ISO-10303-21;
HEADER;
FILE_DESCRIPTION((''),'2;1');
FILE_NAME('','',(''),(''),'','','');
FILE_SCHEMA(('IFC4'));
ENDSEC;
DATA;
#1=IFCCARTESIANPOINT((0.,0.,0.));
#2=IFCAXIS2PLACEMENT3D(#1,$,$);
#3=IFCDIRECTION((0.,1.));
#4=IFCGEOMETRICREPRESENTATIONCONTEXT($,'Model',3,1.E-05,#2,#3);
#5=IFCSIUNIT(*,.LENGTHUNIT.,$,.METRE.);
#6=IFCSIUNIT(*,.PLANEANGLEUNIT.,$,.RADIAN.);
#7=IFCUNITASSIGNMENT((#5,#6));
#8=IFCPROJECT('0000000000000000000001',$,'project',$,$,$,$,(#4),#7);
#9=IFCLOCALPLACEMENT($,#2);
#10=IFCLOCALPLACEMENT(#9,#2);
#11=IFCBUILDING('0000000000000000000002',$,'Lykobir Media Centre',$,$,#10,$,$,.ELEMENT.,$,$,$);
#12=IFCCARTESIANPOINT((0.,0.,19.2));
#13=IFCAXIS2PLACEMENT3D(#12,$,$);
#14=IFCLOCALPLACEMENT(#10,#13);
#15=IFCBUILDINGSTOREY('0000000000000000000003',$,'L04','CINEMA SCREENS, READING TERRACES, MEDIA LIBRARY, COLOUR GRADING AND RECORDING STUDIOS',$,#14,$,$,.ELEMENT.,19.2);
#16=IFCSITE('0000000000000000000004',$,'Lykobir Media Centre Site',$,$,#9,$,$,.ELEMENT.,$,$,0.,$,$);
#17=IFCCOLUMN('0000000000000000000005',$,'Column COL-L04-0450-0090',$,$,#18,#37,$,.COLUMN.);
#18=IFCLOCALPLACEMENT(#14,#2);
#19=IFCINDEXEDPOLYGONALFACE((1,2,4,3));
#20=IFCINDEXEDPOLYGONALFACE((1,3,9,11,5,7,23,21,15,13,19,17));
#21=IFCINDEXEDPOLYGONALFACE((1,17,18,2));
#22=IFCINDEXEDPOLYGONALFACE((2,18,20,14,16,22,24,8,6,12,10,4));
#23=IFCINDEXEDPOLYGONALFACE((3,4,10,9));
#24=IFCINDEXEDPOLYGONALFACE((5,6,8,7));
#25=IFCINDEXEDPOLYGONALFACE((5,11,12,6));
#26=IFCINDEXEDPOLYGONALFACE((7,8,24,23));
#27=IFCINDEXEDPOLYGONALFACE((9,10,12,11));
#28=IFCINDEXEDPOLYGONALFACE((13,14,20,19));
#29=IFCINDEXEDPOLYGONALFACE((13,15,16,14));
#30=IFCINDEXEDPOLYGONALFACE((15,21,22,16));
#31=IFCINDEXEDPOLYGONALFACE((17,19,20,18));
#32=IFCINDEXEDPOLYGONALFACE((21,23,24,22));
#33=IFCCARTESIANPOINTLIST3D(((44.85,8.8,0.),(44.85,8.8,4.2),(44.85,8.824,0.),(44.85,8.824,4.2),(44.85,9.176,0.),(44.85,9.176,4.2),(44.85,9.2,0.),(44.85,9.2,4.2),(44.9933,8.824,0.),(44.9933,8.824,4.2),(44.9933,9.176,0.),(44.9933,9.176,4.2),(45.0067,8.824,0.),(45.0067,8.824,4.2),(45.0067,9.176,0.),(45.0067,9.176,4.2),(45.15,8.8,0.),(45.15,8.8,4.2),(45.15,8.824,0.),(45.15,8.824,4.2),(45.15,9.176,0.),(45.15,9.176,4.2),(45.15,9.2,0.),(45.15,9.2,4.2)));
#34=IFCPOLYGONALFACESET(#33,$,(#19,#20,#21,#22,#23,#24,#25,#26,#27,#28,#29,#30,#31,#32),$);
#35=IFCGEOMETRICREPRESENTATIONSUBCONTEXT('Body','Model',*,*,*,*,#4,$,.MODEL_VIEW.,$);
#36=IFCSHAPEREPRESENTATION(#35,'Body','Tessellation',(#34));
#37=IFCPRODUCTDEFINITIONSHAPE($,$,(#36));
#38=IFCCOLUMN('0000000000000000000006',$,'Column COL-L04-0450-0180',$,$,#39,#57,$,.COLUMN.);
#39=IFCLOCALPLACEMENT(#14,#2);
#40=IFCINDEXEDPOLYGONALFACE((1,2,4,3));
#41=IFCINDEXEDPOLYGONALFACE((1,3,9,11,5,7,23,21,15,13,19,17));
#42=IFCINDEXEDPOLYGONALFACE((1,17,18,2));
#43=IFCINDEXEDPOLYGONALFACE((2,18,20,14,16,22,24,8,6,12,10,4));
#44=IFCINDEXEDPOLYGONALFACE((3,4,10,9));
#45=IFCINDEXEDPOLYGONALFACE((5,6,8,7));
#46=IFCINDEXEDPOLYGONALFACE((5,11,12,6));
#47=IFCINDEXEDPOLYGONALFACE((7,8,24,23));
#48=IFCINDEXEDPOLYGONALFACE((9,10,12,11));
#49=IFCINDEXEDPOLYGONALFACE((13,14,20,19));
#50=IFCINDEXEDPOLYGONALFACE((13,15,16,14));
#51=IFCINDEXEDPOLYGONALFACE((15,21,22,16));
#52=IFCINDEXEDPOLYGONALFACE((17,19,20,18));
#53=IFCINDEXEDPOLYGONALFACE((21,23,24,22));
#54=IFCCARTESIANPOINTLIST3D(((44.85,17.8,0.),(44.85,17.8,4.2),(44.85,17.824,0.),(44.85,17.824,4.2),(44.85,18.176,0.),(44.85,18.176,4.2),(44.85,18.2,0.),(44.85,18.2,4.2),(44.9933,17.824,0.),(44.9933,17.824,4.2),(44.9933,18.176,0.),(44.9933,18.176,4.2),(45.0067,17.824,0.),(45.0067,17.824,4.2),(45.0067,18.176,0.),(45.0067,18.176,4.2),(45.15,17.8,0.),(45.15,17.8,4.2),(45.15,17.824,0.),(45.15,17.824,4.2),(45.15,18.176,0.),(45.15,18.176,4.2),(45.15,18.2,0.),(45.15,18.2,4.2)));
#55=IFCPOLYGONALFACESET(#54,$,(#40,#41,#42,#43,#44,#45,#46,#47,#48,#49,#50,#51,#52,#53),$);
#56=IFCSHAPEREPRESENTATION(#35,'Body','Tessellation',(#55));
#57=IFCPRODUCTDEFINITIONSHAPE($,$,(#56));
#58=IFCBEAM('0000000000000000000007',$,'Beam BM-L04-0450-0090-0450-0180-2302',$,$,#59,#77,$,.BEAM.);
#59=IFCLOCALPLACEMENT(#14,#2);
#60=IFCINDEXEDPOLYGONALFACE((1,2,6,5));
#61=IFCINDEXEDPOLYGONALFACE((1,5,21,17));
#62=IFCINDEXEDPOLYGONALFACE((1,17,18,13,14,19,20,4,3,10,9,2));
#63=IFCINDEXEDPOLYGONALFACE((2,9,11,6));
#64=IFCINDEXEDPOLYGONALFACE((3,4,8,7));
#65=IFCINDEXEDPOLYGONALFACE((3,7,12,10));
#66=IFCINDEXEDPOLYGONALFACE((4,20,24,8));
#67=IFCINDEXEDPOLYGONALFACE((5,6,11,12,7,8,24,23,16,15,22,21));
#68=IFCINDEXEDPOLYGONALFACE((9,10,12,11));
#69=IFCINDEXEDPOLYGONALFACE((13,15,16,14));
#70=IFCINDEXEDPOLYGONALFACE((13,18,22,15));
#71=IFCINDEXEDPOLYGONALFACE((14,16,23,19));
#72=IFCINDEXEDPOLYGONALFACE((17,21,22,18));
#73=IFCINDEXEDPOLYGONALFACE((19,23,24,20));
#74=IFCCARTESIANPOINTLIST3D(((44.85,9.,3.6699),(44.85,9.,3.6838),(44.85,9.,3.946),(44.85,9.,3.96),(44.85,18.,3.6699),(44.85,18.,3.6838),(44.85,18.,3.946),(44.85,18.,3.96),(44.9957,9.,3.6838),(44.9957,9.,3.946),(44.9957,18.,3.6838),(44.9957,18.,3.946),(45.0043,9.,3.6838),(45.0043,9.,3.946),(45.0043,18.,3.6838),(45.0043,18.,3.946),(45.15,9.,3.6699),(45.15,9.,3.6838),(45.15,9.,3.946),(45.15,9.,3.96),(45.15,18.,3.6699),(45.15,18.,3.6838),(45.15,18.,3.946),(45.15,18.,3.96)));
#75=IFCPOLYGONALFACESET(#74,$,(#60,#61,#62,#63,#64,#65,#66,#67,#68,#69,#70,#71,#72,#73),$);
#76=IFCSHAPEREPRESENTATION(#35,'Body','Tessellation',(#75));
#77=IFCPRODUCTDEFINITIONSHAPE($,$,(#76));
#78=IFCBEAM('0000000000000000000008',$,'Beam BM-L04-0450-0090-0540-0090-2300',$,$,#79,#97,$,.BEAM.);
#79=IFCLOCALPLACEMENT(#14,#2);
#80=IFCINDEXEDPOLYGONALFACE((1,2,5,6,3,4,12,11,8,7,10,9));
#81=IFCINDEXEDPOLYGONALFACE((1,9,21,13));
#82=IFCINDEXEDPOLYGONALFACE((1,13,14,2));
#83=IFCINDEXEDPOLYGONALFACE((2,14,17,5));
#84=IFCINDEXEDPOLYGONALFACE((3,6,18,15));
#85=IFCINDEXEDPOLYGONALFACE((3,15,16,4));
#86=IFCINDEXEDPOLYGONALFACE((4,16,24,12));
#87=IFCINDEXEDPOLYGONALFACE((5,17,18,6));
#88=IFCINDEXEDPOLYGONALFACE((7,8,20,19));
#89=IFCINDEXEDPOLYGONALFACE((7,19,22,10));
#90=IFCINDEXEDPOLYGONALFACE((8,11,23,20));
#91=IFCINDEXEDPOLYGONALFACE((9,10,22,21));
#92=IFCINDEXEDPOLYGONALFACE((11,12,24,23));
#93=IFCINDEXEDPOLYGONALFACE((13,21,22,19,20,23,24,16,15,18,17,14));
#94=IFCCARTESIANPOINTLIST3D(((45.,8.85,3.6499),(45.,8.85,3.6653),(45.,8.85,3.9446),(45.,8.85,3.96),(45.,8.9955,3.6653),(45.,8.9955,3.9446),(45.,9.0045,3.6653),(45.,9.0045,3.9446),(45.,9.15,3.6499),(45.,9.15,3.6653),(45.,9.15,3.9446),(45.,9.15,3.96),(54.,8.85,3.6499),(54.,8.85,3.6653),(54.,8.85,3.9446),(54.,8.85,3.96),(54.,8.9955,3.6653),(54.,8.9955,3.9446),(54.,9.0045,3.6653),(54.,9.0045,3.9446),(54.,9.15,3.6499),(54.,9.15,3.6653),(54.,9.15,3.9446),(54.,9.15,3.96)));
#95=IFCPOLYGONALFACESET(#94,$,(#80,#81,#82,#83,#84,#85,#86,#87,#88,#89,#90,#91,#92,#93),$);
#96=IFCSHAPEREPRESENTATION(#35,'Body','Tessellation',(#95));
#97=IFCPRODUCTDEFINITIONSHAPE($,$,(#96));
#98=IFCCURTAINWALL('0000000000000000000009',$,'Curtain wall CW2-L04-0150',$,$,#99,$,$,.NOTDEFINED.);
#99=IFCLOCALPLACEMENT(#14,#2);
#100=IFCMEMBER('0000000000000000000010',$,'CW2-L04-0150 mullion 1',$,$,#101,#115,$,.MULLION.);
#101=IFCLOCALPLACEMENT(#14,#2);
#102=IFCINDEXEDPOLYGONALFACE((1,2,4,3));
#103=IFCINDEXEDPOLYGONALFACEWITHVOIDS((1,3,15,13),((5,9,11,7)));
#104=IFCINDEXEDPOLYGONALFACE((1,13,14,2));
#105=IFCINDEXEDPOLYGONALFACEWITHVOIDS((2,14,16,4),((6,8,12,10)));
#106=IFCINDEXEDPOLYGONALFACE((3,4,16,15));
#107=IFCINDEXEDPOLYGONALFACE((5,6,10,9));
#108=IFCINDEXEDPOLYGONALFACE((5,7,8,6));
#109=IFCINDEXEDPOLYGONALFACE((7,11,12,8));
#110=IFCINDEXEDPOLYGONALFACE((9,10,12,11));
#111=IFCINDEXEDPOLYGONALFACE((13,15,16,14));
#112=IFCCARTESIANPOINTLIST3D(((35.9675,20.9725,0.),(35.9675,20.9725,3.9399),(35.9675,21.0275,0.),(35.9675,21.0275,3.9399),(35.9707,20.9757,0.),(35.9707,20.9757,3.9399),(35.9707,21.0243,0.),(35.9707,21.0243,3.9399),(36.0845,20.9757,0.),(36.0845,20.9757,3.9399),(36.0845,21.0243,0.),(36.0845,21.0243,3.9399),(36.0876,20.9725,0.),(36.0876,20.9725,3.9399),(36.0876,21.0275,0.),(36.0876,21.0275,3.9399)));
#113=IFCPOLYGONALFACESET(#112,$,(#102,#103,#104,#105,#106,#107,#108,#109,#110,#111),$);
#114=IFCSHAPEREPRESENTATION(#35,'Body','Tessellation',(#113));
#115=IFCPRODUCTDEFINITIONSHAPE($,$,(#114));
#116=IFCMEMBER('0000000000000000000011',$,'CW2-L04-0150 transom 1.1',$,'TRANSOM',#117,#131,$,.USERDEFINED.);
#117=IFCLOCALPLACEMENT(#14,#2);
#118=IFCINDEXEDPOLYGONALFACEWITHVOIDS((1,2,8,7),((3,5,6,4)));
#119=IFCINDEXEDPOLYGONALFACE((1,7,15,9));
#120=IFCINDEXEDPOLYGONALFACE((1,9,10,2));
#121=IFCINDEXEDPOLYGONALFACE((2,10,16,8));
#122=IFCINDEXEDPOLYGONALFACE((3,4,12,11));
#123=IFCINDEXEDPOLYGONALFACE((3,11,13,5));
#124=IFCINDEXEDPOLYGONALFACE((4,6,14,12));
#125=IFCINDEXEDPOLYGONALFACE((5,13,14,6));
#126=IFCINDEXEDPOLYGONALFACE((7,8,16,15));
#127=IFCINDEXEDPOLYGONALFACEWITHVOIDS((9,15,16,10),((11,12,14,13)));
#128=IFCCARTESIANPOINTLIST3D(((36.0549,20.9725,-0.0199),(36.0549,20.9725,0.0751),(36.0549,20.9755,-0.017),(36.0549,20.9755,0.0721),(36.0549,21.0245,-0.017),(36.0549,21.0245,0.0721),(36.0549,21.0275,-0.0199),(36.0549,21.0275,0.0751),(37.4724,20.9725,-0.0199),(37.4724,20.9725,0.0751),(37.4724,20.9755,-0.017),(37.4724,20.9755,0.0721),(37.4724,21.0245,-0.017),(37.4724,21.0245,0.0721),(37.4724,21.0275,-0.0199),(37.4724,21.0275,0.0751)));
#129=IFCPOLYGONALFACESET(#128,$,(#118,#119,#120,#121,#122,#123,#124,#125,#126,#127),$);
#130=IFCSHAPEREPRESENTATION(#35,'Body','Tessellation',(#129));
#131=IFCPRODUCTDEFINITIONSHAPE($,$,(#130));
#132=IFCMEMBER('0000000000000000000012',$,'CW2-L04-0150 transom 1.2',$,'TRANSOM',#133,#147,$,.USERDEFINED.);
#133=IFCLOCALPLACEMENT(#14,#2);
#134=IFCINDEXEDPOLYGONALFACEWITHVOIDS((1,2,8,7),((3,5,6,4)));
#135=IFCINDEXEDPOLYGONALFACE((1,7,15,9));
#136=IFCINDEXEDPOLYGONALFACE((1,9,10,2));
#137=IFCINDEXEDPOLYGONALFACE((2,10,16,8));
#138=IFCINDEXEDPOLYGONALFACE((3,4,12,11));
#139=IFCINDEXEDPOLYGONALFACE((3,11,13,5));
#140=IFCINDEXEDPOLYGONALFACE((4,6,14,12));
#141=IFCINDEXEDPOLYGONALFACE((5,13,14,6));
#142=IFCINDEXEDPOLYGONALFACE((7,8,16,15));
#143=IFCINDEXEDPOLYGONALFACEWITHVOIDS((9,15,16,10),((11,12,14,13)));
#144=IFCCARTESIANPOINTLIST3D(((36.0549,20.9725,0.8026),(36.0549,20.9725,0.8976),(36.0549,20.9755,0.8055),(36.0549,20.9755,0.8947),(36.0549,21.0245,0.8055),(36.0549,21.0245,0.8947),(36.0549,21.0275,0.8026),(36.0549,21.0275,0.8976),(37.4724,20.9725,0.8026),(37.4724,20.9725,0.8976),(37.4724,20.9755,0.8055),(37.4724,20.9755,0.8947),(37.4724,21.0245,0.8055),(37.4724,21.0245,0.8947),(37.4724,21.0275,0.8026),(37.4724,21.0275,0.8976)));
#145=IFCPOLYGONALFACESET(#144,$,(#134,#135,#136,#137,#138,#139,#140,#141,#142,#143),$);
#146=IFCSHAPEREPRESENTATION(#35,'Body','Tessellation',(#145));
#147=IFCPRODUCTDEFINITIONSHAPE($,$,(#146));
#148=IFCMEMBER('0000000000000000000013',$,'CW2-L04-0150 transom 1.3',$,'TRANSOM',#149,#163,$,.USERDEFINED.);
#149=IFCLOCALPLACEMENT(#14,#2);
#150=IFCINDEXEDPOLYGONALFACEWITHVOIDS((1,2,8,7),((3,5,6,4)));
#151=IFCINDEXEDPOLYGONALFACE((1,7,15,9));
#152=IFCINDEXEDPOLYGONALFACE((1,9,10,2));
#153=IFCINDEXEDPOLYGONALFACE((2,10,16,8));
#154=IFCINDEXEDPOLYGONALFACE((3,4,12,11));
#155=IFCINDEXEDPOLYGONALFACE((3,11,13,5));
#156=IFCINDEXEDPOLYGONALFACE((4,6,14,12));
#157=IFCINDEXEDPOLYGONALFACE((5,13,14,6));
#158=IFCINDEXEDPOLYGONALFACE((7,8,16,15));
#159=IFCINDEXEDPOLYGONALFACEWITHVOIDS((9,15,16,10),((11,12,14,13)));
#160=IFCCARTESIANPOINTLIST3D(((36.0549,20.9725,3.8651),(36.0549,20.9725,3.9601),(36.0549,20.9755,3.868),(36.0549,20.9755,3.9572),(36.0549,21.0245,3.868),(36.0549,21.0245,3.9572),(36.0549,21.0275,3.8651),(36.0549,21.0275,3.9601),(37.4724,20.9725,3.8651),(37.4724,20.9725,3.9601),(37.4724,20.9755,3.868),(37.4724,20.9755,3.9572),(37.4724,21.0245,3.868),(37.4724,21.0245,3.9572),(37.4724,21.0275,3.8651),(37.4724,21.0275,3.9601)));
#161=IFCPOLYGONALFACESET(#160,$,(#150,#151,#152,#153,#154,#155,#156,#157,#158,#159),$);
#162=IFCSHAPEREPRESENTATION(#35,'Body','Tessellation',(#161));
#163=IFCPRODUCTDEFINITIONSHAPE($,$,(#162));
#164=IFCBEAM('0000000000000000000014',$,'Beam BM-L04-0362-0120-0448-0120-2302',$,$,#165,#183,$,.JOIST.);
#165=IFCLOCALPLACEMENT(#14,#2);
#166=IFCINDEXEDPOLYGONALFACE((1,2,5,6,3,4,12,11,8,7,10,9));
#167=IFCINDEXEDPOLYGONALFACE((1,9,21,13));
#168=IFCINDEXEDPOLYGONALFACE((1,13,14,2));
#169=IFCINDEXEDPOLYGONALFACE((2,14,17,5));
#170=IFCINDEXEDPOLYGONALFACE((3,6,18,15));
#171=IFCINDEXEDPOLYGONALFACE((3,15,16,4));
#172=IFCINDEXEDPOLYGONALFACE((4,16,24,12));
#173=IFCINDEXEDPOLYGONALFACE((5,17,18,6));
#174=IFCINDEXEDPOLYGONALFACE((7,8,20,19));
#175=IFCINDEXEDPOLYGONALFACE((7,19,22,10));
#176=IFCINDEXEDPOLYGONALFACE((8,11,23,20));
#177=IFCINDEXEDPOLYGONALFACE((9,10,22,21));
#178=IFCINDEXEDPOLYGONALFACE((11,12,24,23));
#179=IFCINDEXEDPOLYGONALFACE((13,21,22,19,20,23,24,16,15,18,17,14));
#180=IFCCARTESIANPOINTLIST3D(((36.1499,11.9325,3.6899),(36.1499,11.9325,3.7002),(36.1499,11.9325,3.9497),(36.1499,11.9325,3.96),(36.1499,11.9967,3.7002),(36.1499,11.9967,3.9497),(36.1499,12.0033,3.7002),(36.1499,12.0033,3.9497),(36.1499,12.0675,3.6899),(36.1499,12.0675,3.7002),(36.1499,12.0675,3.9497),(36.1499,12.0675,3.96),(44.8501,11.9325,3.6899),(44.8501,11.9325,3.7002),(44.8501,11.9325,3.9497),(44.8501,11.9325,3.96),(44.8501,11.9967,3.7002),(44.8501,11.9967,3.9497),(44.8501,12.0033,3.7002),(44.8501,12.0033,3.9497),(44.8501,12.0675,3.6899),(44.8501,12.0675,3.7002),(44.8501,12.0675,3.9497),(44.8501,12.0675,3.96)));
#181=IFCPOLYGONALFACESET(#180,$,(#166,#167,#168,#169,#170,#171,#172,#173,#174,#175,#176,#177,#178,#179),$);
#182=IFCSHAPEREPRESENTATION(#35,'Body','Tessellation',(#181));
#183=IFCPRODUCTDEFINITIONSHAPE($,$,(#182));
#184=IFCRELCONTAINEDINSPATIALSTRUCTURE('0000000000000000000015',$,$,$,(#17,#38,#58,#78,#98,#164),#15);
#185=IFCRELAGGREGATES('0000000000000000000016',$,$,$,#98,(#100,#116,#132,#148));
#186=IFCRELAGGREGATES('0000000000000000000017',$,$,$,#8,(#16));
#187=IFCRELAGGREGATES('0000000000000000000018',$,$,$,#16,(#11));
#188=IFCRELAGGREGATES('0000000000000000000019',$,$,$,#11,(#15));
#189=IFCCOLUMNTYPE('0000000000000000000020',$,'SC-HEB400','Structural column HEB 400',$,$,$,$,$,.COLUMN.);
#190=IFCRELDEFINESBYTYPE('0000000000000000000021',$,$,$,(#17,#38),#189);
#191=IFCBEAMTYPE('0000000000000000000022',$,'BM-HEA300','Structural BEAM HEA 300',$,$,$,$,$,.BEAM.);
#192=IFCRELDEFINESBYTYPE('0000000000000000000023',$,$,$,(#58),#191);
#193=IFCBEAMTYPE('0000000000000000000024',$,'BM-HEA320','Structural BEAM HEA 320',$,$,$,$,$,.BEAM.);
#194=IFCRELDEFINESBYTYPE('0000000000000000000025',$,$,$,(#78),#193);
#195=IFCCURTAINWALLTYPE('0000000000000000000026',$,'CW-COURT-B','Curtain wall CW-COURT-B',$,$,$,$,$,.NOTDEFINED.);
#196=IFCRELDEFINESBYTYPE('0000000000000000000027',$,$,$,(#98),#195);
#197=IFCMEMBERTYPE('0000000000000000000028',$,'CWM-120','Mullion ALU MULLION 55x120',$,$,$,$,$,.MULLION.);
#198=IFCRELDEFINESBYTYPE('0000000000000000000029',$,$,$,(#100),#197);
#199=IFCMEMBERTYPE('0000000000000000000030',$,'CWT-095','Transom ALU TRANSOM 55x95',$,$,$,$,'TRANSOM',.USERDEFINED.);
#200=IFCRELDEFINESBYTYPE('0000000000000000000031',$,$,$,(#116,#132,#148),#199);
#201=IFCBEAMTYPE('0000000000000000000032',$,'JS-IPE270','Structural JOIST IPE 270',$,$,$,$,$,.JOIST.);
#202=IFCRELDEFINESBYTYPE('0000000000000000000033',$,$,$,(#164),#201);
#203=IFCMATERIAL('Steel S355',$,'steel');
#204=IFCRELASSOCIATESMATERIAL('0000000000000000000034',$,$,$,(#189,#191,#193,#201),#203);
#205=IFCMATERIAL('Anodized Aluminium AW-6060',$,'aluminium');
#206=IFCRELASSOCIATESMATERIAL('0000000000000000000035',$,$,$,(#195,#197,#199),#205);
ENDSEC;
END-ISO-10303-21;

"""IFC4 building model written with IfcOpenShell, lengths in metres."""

from ifc_helpers import new_model, si_unit, direction, frame, origin, origin_2d, place, context, subcontext, project, spatial, hollow_rectangle, i_section, extrude, material, material_profile, profile_set, type_object, element, aggregate, save


model = new_model("IFC4")

# Units and contexts
model_context = context("Model", 3, precision=1e-05, world=origin(), true_north=direction((0.0, 1.0)))
body_context = subcontext(model_context, "Body", "Model", "MODEL_VIEW")
ifc_project = project(units=[si_unit("LENGTHUNIT", "METRE"), si_unit("PLANEANGLEUNIT", "RADIAN")], contexts=[model_context])

# Site, building, storey
site_placement = place(None, origin())
site = spatial("IfcSite", under=ifc_project, at=site_placement, Name="Lykobir Media Centre Site", CompositionType="ELEMENT", RefElevation=0.0)
building_placement = place(site_placement, origin())
building = spatial("IfcBuilding", under=site, at=building_placement, Name="Lykobir Media Centre", CompositionType="ELEMENT")
storey_placement = place(building_placement, frame((0.0, 0.0, 19.2)))
storey = spatial("IfcBuildingStorey", under=building, at=storey_placement, Name="L04", Description="CINEMA SCREENS, READING TERRACES, MEDIA LIBRARY, COLOUR GRADING AND RECORDING STUDIOS", CompositionType="ELEMENT", Elevation=19.2)

# Columns
ifc_material_1 = material(Name="Steel S355", Category="steel")
ifc_material_profile_1 = material_profile(ifc_material_1, i_section(OverallWidth=0.3, OverallDepth=0.3999, WebThickness=0.0134, FlangeThickness=0.0239, at=origin_2d()), Name="HEB 400")
ifc_profile_set_1 = profile_set([ifc_material_profile_1], Name="Steel S355")
column_type = type_object("IfcColumnType", Name="SC-HEB400", Description="Structural column HEB 400", PredefinedType="COLUMN", material=ifc_profile_set_1)
for number, where, z_axis, x_axis, name in (
    (1, (45.0, 9.0, 0.0), (0.0, 0.0, 1.0), (1.0, 0.0, 0.0), "Column COL-L04-0450-0090"),
    (2, (45.0, 18.0, 0.0), (0.0, 0.0, 1.0), (1.0, 0.0, 0.0), "Column COL-L04-0450-0180"),
):
    element("IfcColumn", number, at=place(storey_placement, frame(where, z_axis=z_axis, x_axis=x_axis)), inside=storey, type_object=column_type, Name=name, PredefinedType="COLUMN", context=body_context, shape_type="SweptSolid", body=[
        extrude(i_section(OverallWidth=0.3, OverallDepth=0.3999, WebThickness=0.0134, FlangeThickness=0.0239, at=origin_2d()), origin(), (0.0, 0.0, 1.0), 4.2),
    ])

# Beams
ifc_material_profile_2 = material_profile(ifc_material_1, i_section(OverallWidth=0.3, OverallDepth=0.29, WebThickness=0.0085, FlangeThickness=0.0139, at=origin_2d()), Name="HEA 300")
ifc_profile_set_2 = profile_set([ifc_material_profile_2], Name="Steel S355")
beam_type_1 = type_object("IfcBeamType", Name="BM-HEA300", Description="Structural BEAM HEA 300", PredefinedType="BEAM", material=ifc_profile_set_2)
beam_1_placement = place(storey_placement, frame((45.0, 9.0, 3.8149), z_axis=(0.0, 1.0, 0.0), x_axis=(-1.0, 0.0, 0.0)))
element("IfcBeam", 3, at=beam_1_placement, inside=storey, type_object=beam_type_1, Name="Beam BM-L04-0450-0090-0450-0180-2302", PredefinedType="BEAM", context=body_context, shape_type="SweptSolid", body=[
    extrude(i_section(OverallWidth=0.3, OverallDepth=0.29, WebThickness=0.0085, FlangeThickness=0.0139, at=origin_2d()), origin(), (0.0, 0.0, 1.0), 9.0),
])
ifc_material_profile_3 = material_profile(ifc_material_1, i_section(OverallWidth=0.3, OverallDepth=0.3101, WebThickness=0.009, FlangeThickness=0.0154, at=origin_2d()), Name="HEA 320")
ifc_profile_set_3 = profile_set([ifc_material_profile_3], Name="Steel S355")
beam_type_2 = type_object("IfcBeamType", Name="BM-HEA320", Description="Structural BEAM HEA 320", PredefinedType="BEAM", material=ifc_profile_set_3)
beam_2_placement = place(storey_placement, frame((45.0, 9.0, 3.8049), z_axis=(1.0, 0.0, 0.0), x_axis=(0.0, 1.0, 0.0)))
element("IfcBeam", 4, at=beam_2_placement, inside=storey, type_object=beam_type_2, Name="Beam BM-L04-0450-0090-0540-0090-2300", PredefinedType="BEAM", context=body_context, shape_type="SweptSolid", body=[
    extrude(i_section(OverallWidth=0.3, OverallDepth=0.3101, WebThickness=0.009, FlangeThickness=0.0154, at=origin_2d()), origin(), (0.0, 0.0, 1.0), 9.0),
])

# Curtain wall, members
ifc_material_2 = material(Name="Anodized Aluminium AW-6060", Category="aluminium")
curtain_wall_type = type_object("IfcCurtainWallType", Name="CW-COURT-B", Description="Curtain wall CW-COURT-B", PredefinedType="NOTDEFINED", material=ifc_material_2)
curtain_wall_placement = place(storey_placement, origin())
curtain_wall = element("IfcCurtainWall", 5, at=curtain_wall_placement, inside=storey, type_object=curtain_wall_type, Name="Curtain wall CW2-L04-0150", PredefinedType="NOTDEFINED")
ifc_material_profile_4 = material_profile(ifc_material_2, hollow_rectangle(XDim=0.0549, YDim=0.1201, WallThickness=0.0032, at=origin_2d()), Name="ALU MULLION 55x120")
ifc_profile_set_4 = profile_set([ifc_material_profile_4], Name="Anodized Aluminium AW-6060")
member_type_1 = type_object("IfcMemberType", Name="CWM-120", Description="Mullion ALU MULLION 55x120", PredefinedType="MULLION", material=ifc_profile_set_4)
member_1_placement = place(storey_placement, frame((36.0276, 21.0, 0.0), z_axis=(0.0, 0.0, 1.0), x_axis=(0.0, 1.0, 0.0)))
member_1 = element("IfcMember", 6, at=member_1_placement, type_object=member_type_1, Name="CW2-L04-0150 mullion 1", PredefinedType="MULLION", context=body_context, shape_type="SweptSolid", body=[
    extrude(hollow_rectangle(XDim=0.0549, YDim=0.1201, WallThickness=0.0032, at=origin_2d()), origin(), (0.0, 0.0, 1.0), 3.9399),
])
ifc_material_profile_5 = material_profile(ifc_material_2, hollow_rectangle(XDim=0.0549, YDim=0.095, WallThickness=0.0029, at=origin_2d()), Name="ALU TRANSOM 55x95")
ifc_profile_set_5 = profile_set([ifc_material_profile_5], Name="Anodized Aluminium AW-6060")
member_type_2 = type_object("IfcMemberType", Name="CWT-095", Description="Transom ALU TRANSOM 55x95", ElementType="TRANSOM", PredefinedType="USERDEFINED", material=ifc_profile_set_5)
member_2_placement = place(storey_placement, frame((36.0549, 21.0, 0.0276), z_axis=(1.0, 0.0, 0.0), x_axis=(0.0, 1.0, 0.0)))
member_2 = element("IfcMember", 7, at=member_2_placement, type_object=member_type_2, Name="CW2-L04-0150 transom 1.1", ObjectType="TRANSOM", PredefinedType="USERDEFINED", context=body_context, shape_type="SweptSolid", body=[
    extrude(hollow_rectangle(XDim=0.0549, YDim=0.095, WallThickness=0.0029, at=origin_2d()), origin(), (0.0, 0.0, 1.0), 1.4175),
])
member_3_placement = place(storey_placement, frame((36.0549, 21.0, 0.8501), z_axis=(1.0, 0.0, 0.0), x_axis=(0.0, 1.0, 0.0)))
member_3 = element("IfcMember", 8, at=member_3_placement, type_object=member_type_2, Name="CW2-L04-0150 transom 1.2", ObjectType="TRANSOM", PredefinedType="USERDEFINED", context=body_context, shape_type="SweptSolid", body=[
    extrude(hollow_rectangle(XDim=0.0549, YDim=0.095, WallThickness=0.0029, at=origin_2d()), origin(), (0.0, 0.0, 1.0), 1.4175),
])
member_4_placement = place(storey_placement, frame((36.0549, 21.0, 3.9126), z_axis=(1.0, 0.0, 0.0), x_axis=(0.0, 1.0, 0.0)))
member_4 = element("IfcMember", 9, at=member_4_placement, type_object=member_type_2, Name="CW2-L04-0150 transom 1.3", ObjectType="TRANSOM", PredefinedType="USERDEFINED", context=body_context, shape_type="SweptSolid", body=[
    extrude(hollow_rectangle(XDim=0.0549, YDim=0.095, WallThickness=0.0029, at=origin_2d()), origin(), (0.0, 0.0, 1.0), 1.4175),
])

# Beam
ifc_material_profile_6 = material_profile(ifc_material_1, i_section(OverallWidth=0.135, OverallDepth=0.27, WebThickness=0.0066, FlangeThickness=0.0103, at=origin_2d()), Name="IPE 270")
ifc_profile_set_6 = profile_set([ifc_material_profile_6], Name="Steel S355")
beam_type_3 = type_object("IfcBeamType", Name="JS-IPE270", Description="Structural JOIST IPE 270", PredefinedType="JOIST", material=ifc_profile_set_6)
for number, where, z_axis, x_axis, name in (
    (10, (36.1499, 12.0, 3.825), (1.0, 0.0, 0.0), (0.0, 1.0, 0.0), "Beam BM-L04-0362-0120-0448-0120-2302"),
):
    element("IfcBeam", number, at=place(storey_placement, frame(where, z_axis=z_axis, x_axis=x_axis)), inside=storey, type_object=beam_type_3, Name=name, PredefinedType="JOIST", context=body_context, shape_type="SweptSolid", body=[
        extrude(i_section(OverallWidth=0.135, OverallDepth=0.27, WebThickness=0.0066, FlangeThickness=0.0103, at=origin_2d()), origin(), (0.0, 0.0, 1.0), 8.7002),
    ])

aggregate(curtain_wall, [member_1, member_2, member_3, member_4])

save(model, "model.ifc")
